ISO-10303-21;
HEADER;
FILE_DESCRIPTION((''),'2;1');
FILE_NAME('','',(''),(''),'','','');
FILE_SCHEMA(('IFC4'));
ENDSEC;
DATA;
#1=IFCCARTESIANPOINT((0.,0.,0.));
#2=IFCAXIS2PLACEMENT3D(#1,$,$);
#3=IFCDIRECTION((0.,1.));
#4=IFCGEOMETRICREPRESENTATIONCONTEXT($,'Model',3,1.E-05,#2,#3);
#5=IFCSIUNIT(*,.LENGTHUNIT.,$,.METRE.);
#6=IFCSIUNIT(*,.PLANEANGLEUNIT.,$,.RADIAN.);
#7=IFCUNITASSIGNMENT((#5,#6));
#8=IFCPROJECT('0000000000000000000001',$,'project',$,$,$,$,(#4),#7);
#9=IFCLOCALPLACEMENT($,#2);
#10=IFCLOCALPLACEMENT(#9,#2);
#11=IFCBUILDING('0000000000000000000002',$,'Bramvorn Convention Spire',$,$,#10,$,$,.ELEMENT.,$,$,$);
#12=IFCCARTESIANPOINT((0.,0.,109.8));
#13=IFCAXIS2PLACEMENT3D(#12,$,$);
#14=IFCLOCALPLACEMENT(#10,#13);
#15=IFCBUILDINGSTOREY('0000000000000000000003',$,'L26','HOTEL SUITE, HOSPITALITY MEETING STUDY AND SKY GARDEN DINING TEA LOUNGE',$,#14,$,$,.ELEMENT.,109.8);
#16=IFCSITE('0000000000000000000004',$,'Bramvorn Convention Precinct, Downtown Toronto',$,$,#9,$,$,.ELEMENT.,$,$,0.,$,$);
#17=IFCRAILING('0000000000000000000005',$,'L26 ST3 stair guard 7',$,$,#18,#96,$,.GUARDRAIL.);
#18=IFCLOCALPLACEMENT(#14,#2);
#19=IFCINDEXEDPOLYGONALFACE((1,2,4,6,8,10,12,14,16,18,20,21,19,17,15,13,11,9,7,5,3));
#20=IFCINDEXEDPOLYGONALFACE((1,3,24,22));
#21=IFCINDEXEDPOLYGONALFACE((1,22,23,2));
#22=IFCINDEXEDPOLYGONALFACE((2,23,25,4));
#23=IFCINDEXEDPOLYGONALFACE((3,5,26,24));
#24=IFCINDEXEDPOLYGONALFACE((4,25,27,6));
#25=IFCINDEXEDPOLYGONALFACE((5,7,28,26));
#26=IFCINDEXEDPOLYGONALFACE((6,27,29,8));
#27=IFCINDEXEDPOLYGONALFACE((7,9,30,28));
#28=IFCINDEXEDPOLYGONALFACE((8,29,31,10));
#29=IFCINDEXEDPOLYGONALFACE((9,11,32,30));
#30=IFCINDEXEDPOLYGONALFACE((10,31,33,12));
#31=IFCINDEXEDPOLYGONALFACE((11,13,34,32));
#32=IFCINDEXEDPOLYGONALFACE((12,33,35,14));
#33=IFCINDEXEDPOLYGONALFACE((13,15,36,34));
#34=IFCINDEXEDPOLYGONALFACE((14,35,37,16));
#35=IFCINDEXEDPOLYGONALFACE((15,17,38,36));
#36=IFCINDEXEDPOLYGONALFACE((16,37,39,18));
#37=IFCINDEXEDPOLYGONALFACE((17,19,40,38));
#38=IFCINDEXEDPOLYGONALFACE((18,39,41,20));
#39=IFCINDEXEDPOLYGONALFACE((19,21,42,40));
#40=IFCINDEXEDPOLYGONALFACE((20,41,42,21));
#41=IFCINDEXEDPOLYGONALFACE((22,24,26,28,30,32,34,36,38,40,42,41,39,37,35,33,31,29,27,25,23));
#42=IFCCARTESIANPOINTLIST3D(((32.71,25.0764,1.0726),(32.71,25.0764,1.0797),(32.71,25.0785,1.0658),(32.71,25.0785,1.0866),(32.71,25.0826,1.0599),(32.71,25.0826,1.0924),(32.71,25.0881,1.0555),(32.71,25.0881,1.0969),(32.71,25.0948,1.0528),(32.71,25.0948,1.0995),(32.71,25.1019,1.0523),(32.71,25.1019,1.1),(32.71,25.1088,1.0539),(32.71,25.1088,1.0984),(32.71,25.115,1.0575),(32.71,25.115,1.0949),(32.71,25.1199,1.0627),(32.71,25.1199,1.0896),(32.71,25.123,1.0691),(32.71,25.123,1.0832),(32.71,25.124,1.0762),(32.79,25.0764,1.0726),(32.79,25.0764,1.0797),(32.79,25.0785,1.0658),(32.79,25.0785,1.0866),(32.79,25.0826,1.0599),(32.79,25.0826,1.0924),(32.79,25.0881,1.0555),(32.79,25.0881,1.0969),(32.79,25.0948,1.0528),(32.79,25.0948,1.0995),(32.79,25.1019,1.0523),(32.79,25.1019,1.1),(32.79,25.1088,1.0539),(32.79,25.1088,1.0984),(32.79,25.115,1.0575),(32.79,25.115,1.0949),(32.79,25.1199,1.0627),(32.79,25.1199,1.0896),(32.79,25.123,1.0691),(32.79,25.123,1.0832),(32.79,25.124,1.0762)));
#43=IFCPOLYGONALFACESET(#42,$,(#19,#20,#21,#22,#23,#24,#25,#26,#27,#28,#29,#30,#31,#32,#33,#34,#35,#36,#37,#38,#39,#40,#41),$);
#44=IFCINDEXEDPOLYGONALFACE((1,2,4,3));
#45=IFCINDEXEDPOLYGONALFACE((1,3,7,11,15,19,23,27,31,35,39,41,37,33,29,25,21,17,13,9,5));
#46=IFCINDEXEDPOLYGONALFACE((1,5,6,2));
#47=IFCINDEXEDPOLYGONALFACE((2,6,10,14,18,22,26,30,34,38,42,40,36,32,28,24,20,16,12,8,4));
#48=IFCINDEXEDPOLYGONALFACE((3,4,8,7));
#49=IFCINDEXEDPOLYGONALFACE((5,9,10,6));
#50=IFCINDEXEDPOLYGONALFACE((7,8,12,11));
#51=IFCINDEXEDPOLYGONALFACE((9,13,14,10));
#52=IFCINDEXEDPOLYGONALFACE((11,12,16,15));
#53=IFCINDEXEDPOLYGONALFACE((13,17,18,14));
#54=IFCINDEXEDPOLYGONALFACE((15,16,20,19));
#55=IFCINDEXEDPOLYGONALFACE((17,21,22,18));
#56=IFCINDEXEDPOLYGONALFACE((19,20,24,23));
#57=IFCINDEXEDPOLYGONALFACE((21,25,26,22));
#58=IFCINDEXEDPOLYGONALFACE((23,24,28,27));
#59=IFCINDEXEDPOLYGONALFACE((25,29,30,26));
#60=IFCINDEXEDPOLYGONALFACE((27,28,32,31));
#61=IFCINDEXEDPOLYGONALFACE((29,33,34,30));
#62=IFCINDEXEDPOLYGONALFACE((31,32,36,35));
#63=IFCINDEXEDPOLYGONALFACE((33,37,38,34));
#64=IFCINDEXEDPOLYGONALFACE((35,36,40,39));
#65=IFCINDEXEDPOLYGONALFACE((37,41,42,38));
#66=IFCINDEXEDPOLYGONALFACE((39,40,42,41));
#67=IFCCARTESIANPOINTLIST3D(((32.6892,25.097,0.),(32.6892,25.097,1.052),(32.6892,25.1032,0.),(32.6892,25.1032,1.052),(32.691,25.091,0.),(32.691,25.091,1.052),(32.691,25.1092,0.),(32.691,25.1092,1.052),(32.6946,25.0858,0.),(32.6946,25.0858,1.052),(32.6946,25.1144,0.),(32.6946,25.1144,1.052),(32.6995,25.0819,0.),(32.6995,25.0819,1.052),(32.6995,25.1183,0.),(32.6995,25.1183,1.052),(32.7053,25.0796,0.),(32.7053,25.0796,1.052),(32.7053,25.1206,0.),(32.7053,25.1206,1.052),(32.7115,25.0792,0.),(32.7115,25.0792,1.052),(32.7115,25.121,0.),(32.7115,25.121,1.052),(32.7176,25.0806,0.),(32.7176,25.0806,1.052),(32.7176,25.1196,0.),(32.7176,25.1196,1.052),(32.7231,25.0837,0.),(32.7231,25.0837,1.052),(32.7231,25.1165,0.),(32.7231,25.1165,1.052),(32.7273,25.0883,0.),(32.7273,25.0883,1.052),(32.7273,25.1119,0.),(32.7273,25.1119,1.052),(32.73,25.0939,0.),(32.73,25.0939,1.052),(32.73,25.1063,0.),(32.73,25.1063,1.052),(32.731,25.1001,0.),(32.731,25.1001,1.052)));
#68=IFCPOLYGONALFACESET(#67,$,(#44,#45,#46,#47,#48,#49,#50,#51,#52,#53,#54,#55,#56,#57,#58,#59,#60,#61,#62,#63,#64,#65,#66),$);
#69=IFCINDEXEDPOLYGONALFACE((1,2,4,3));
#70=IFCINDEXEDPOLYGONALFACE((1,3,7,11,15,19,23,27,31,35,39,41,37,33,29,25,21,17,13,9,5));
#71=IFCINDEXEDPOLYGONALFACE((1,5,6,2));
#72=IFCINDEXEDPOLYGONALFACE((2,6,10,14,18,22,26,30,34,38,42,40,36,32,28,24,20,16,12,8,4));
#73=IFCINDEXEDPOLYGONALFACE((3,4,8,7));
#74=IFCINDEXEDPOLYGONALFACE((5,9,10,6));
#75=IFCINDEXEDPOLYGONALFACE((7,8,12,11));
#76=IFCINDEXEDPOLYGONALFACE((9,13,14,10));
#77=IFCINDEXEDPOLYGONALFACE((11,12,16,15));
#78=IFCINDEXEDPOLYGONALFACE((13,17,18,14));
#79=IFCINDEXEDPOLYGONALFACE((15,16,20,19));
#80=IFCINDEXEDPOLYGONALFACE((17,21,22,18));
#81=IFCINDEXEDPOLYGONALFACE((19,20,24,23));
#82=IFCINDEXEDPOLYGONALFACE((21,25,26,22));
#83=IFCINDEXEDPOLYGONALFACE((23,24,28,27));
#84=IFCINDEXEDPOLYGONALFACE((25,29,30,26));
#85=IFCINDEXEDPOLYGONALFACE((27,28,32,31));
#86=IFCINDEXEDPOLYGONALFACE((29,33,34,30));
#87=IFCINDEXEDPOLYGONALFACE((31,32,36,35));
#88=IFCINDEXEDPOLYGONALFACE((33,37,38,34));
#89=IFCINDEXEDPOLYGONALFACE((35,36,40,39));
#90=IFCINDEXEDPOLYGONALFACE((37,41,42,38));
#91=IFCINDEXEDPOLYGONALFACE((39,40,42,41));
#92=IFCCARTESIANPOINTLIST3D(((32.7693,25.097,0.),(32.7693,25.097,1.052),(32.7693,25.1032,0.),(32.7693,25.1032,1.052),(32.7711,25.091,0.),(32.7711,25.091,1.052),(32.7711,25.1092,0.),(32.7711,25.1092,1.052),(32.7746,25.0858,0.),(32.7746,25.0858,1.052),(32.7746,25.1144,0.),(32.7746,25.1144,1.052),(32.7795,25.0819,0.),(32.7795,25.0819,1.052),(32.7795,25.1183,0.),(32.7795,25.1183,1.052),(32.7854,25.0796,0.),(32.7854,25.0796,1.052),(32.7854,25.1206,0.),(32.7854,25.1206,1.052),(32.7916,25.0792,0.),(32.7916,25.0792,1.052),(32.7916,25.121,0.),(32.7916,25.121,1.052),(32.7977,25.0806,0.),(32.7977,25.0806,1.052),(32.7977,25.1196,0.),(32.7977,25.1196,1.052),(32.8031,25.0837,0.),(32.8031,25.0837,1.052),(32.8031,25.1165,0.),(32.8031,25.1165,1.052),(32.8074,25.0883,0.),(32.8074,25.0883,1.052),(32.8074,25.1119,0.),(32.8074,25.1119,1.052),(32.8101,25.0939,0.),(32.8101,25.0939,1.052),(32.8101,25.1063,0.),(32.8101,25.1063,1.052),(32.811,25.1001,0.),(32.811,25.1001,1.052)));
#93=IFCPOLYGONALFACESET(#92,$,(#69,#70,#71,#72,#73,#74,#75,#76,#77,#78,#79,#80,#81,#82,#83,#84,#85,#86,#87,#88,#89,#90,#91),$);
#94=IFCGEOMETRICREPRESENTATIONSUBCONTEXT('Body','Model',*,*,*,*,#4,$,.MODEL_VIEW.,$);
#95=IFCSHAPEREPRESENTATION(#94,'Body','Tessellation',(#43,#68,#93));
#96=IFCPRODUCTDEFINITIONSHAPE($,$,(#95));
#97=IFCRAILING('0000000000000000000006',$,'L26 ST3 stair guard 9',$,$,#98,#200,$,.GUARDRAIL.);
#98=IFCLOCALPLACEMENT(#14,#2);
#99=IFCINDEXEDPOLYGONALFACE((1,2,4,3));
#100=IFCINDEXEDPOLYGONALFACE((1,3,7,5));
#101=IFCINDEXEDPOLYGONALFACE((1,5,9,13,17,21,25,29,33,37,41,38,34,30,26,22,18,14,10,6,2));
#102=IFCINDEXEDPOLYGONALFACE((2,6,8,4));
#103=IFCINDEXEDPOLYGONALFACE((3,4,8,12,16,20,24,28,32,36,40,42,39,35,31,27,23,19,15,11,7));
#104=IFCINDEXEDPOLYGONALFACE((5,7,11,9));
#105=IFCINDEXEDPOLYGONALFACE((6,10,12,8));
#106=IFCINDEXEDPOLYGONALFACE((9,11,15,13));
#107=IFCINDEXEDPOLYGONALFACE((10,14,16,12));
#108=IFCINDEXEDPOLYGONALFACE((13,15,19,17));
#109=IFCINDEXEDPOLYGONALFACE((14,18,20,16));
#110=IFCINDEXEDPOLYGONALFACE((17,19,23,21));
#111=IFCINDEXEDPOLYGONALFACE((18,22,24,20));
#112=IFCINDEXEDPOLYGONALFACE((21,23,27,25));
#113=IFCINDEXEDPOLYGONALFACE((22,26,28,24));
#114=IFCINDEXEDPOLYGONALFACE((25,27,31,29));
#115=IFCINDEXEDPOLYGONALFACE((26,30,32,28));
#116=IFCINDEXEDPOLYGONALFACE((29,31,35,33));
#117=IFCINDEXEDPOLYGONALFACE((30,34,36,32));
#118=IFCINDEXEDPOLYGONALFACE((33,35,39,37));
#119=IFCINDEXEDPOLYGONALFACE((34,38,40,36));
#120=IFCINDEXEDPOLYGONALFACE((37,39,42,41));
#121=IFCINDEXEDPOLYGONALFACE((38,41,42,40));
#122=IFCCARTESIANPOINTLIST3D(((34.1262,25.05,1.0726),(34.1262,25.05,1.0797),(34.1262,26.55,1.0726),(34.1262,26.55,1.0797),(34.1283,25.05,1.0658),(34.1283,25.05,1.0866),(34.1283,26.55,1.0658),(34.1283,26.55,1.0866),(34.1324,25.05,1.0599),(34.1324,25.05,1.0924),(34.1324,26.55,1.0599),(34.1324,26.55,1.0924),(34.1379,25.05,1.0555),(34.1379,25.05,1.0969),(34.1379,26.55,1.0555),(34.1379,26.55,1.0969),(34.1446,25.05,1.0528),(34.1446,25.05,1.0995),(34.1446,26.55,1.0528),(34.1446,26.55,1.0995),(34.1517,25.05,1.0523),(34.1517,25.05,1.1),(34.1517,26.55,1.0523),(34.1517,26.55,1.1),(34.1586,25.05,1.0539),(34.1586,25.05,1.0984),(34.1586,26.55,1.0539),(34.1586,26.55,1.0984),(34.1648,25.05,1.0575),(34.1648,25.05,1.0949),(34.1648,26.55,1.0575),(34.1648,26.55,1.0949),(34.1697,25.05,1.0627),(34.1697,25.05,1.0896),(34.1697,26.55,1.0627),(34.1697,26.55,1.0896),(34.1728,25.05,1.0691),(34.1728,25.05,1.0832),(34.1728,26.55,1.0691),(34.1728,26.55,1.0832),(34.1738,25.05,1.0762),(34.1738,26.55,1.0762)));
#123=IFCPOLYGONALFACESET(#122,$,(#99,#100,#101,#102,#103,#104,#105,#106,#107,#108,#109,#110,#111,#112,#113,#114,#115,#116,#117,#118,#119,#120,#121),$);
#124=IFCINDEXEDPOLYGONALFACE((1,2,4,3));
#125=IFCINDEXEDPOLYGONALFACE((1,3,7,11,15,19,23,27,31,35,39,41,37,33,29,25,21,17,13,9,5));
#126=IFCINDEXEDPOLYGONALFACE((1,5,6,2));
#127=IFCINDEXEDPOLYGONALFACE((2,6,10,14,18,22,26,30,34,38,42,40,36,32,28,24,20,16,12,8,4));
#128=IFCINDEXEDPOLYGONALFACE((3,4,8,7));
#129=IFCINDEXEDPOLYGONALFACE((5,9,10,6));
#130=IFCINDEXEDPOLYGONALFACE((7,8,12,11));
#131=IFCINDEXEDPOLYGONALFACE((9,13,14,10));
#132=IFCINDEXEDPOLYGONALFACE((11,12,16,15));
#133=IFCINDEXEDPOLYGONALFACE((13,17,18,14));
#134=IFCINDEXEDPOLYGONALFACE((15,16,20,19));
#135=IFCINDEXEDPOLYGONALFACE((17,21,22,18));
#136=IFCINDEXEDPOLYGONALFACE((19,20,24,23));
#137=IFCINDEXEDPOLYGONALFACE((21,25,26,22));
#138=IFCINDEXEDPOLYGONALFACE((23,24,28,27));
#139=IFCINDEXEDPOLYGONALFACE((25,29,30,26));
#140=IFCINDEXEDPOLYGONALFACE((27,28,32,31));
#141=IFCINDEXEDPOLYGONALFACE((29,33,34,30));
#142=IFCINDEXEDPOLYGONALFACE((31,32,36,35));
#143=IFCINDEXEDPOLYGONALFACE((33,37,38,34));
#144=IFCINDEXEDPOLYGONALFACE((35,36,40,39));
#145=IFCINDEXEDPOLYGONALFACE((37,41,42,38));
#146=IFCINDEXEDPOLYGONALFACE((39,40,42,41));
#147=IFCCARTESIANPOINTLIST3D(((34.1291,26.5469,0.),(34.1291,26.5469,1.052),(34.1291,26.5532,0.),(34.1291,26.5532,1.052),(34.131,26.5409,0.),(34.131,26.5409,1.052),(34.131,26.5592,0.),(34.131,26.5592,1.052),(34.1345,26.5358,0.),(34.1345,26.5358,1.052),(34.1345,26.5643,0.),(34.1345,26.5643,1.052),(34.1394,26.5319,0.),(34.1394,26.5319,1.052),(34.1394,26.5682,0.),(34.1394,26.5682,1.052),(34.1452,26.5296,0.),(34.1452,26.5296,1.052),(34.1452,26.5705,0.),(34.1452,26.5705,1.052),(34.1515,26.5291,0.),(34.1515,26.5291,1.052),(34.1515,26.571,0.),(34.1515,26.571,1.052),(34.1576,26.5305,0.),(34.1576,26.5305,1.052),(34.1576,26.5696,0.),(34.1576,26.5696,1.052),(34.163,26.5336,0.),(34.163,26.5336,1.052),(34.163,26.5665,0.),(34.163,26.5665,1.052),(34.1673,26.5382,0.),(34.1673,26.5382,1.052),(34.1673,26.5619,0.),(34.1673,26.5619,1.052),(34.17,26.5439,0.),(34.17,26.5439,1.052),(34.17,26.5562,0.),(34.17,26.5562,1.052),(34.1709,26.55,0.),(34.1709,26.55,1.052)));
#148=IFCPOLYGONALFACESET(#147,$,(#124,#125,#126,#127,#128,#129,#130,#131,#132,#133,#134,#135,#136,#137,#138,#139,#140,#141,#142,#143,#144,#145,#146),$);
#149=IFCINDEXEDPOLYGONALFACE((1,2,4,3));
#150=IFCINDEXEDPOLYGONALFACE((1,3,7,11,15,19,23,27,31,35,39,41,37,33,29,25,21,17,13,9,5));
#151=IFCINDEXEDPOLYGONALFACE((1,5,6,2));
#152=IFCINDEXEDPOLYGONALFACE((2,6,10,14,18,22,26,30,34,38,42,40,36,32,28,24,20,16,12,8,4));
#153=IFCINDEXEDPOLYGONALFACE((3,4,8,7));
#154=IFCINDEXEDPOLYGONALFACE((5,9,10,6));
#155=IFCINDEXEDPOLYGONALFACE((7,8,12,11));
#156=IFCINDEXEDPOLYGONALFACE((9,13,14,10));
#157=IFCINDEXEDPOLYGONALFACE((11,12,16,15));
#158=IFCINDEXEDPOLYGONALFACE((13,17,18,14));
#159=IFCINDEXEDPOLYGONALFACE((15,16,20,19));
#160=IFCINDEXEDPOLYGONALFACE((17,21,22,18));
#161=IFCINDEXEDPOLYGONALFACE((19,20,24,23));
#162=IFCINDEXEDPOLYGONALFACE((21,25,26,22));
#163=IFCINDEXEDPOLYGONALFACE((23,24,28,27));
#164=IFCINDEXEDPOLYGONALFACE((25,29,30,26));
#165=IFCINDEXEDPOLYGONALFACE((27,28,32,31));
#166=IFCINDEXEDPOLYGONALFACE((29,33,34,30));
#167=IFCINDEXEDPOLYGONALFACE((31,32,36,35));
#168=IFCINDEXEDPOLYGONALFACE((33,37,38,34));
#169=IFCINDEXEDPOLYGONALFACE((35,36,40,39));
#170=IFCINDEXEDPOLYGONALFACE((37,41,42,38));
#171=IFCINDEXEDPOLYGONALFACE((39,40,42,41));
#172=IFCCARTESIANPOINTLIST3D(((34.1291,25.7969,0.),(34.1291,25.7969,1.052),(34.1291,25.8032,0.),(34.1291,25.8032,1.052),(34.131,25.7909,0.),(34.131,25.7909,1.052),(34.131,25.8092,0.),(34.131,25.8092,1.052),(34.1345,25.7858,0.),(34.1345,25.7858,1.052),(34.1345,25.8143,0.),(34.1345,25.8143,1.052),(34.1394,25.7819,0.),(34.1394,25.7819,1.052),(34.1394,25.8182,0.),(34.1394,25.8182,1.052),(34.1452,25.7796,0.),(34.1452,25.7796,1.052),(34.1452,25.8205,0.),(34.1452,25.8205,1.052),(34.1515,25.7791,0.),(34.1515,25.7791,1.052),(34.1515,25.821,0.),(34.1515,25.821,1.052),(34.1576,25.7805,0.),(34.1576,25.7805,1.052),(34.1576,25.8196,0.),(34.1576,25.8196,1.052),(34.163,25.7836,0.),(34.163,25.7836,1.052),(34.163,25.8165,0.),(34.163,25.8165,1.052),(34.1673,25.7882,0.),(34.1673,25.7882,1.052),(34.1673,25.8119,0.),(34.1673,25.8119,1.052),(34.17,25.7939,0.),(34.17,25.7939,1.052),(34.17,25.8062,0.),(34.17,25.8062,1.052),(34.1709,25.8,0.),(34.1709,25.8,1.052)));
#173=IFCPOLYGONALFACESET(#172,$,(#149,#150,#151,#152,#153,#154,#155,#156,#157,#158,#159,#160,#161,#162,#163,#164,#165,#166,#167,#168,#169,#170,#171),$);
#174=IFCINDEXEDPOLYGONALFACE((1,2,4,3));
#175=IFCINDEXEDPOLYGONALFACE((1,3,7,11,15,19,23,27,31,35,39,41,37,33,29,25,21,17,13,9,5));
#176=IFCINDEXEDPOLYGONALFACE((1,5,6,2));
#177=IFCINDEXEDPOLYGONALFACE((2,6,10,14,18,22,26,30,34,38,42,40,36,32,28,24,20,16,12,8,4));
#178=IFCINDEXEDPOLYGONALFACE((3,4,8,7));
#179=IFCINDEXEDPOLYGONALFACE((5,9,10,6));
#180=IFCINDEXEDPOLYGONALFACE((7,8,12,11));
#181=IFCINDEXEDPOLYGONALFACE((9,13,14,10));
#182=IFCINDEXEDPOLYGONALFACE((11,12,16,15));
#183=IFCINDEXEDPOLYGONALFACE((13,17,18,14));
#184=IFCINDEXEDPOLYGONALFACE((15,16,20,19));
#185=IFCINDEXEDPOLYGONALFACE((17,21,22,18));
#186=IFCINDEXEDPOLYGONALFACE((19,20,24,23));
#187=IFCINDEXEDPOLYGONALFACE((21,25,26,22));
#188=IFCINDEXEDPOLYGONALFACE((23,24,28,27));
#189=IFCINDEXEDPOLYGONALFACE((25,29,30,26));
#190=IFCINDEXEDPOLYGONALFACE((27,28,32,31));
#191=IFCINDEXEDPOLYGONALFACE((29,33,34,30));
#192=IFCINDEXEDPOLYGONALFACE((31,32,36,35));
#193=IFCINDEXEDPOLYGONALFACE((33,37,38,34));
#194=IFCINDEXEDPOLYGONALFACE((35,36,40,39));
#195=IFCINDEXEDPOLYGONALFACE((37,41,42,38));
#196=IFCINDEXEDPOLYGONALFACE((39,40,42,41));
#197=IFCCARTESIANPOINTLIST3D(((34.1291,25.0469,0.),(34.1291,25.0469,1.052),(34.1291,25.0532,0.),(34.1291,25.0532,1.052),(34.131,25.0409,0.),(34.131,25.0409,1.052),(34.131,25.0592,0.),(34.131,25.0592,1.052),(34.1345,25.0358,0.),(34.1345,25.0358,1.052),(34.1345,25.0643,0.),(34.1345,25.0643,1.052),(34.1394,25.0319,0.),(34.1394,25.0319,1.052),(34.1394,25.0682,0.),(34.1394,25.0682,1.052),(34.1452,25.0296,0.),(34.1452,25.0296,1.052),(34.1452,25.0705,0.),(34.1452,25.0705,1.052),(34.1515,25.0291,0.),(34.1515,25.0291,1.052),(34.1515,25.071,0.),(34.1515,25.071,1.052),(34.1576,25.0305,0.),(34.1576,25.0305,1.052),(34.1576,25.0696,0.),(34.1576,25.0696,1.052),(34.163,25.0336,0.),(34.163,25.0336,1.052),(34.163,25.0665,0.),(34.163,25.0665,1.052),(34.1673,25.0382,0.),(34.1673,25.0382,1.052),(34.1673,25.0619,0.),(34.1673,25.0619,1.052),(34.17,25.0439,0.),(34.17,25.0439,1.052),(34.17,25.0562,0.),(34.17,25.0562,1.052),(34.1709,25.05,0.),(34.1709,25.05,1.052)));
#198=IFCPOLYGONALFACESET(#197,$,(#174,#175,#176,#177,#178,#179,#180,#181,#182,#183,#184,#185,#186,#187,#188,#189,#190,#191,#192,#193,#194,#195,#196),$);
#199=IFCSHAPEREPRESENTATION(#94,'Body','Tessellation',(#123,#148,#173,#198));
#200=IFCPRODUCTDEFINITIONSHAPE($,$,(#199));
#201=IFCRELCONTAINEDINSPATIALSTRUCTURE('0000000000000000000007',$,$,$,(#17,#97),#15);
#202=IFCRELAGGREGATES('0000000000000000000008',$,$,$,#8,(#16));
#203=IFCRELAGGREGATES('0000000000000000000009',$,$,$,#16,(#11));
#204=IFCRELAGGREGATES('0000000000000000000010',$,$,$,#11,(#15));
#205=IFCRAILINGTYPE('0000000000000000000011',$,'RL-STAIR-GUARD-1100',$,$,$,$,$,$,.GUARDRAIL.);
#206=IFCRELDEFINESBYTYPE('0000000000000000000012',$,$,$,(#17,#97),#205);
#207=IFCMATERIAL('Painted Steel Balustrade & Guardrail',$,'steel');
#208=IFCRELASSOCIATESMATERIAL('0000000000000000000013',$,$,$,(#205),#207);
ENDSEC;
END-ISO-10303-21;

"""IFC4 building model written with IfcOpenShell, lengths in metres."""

from ifc_helpers import new_model, si_unit, direction, frame, origin, origin_2d, place, context, subcontext, project, spatial, circle, extrude, material, type_object, element, save


model = new_model("IFC4")

# Units and contexts
model_context = context("Model", 3, precision=1e-05, world=origin(), true_north=direction((0.0, 1.0)))
body_context = subcontext(model_context, "Body", "Model", "MODEL_VIEW")
ifc_project = project(units=[si_unit("LENGTHUNIT", "METRE"), si_unit("PLANEANGLEUNIT", "RADIAN")], contexts=[model_context])

# Site, building, storey
site_placement = place(None, origin())
site = spatial("IfcSite", under=ifc_project, at=site_placement, Name="Bramvorn Convention Precinct, Downtown Toronto", CompositionType="ELEMENT", RefElevation=0.0)
building_placement = place(site_placement, origin())
building = spatial("IfcBuilding", under=site, at=building_placement, Name="Bramvorn Convention Spire", CompositionType="ELEMENT")
storey_placement = place(building_placement, frame((0.0, 0.0, 109.8)))
storey = spatial("IfcBuildingStorey", under=building, at=storey_placement, Name="L26", Description="HOTEL SUITE, HOSPITALITY MEETING STUDY AND SKY GARDEN DINING TEA LOUNGE", CompositionType="ELEMENT", Elevation=109.8)

# Railings
ifc_material_1 = material(Name="Painted Steel Balustrade & Guardrail", Category="steel")
railing_type = type_object("IfcRailingType", Name="RL-STAIR-GUARD-1100", PredefinedType="GUARDRAIL", material=ifc_material_1)
railing_1_placement = place(storey_placement, frame((32.71, 25.1001, 0.0)))
element("IfcRailing", 1, at=railing_1_placement, inside=storey, type_object=railing_type, Name="L26 ST3 stair guard 7", PredefinedType="GUARDRAIL", context=body_context, shape_type="SweptSolid", body=[
    extrude(circle(Radius=0.0239, at=origin_2d()), frame((0.0, 0.0, 1.0762), z_axis=(1.0, 0.0, 0.0), x_axis=(0.0, 1.0, 0.0)), (0.0, 0.0, 1.0), 0.0801),
    extrude(circle(Radius=0.021, at=origin_2d()), origin(), (0.0, 0.0, 1.0), 1.052),
    extrude(circle(Radius=0.021, at=origin_2d()), frame((0.0801, 0.0, 0.0)), (0.0, 0.0, 1.0), 1.052),
])
railing_2_placement = place(storey_placement, frame((34.1499, 26.55, 0.0)))
element("IfcRailing", 2, at=railing_2_placement, inside=storey, type_object=railing_type, Name="L26 ST3 stair guard 9", PredefinedType="GUARDRAIL", context=body_context, shape_type="SweptSolid", body=[
    extrude(circle(Radius=0.0239, at=origin_2d()), frame((0.0, 0.0, 1.0762), z_axis=(0.0, -1.0, 0.0), x_axis=(1.0, 0.0, 0.0)), (0.0, 0.0, 1.0), 1.5),
    extrude(circle(Radius=0.021, at=origin_2d()), origin(), (0.0, 0.0, 1.0), 1.052),
    extrude(circle(Radius=0.021, at=origin_2d()), frame((0.0, -0.75, 0.0)), (0.0, 0.0, 1.0), 1.052),
    extrude(circle(Radius=0.021, at=origin_2d()), frame((0.0, -1.5, 0.0)), (0.0, 0.0, 1.0), 1.052),
])

save(model, "model.ifc")
